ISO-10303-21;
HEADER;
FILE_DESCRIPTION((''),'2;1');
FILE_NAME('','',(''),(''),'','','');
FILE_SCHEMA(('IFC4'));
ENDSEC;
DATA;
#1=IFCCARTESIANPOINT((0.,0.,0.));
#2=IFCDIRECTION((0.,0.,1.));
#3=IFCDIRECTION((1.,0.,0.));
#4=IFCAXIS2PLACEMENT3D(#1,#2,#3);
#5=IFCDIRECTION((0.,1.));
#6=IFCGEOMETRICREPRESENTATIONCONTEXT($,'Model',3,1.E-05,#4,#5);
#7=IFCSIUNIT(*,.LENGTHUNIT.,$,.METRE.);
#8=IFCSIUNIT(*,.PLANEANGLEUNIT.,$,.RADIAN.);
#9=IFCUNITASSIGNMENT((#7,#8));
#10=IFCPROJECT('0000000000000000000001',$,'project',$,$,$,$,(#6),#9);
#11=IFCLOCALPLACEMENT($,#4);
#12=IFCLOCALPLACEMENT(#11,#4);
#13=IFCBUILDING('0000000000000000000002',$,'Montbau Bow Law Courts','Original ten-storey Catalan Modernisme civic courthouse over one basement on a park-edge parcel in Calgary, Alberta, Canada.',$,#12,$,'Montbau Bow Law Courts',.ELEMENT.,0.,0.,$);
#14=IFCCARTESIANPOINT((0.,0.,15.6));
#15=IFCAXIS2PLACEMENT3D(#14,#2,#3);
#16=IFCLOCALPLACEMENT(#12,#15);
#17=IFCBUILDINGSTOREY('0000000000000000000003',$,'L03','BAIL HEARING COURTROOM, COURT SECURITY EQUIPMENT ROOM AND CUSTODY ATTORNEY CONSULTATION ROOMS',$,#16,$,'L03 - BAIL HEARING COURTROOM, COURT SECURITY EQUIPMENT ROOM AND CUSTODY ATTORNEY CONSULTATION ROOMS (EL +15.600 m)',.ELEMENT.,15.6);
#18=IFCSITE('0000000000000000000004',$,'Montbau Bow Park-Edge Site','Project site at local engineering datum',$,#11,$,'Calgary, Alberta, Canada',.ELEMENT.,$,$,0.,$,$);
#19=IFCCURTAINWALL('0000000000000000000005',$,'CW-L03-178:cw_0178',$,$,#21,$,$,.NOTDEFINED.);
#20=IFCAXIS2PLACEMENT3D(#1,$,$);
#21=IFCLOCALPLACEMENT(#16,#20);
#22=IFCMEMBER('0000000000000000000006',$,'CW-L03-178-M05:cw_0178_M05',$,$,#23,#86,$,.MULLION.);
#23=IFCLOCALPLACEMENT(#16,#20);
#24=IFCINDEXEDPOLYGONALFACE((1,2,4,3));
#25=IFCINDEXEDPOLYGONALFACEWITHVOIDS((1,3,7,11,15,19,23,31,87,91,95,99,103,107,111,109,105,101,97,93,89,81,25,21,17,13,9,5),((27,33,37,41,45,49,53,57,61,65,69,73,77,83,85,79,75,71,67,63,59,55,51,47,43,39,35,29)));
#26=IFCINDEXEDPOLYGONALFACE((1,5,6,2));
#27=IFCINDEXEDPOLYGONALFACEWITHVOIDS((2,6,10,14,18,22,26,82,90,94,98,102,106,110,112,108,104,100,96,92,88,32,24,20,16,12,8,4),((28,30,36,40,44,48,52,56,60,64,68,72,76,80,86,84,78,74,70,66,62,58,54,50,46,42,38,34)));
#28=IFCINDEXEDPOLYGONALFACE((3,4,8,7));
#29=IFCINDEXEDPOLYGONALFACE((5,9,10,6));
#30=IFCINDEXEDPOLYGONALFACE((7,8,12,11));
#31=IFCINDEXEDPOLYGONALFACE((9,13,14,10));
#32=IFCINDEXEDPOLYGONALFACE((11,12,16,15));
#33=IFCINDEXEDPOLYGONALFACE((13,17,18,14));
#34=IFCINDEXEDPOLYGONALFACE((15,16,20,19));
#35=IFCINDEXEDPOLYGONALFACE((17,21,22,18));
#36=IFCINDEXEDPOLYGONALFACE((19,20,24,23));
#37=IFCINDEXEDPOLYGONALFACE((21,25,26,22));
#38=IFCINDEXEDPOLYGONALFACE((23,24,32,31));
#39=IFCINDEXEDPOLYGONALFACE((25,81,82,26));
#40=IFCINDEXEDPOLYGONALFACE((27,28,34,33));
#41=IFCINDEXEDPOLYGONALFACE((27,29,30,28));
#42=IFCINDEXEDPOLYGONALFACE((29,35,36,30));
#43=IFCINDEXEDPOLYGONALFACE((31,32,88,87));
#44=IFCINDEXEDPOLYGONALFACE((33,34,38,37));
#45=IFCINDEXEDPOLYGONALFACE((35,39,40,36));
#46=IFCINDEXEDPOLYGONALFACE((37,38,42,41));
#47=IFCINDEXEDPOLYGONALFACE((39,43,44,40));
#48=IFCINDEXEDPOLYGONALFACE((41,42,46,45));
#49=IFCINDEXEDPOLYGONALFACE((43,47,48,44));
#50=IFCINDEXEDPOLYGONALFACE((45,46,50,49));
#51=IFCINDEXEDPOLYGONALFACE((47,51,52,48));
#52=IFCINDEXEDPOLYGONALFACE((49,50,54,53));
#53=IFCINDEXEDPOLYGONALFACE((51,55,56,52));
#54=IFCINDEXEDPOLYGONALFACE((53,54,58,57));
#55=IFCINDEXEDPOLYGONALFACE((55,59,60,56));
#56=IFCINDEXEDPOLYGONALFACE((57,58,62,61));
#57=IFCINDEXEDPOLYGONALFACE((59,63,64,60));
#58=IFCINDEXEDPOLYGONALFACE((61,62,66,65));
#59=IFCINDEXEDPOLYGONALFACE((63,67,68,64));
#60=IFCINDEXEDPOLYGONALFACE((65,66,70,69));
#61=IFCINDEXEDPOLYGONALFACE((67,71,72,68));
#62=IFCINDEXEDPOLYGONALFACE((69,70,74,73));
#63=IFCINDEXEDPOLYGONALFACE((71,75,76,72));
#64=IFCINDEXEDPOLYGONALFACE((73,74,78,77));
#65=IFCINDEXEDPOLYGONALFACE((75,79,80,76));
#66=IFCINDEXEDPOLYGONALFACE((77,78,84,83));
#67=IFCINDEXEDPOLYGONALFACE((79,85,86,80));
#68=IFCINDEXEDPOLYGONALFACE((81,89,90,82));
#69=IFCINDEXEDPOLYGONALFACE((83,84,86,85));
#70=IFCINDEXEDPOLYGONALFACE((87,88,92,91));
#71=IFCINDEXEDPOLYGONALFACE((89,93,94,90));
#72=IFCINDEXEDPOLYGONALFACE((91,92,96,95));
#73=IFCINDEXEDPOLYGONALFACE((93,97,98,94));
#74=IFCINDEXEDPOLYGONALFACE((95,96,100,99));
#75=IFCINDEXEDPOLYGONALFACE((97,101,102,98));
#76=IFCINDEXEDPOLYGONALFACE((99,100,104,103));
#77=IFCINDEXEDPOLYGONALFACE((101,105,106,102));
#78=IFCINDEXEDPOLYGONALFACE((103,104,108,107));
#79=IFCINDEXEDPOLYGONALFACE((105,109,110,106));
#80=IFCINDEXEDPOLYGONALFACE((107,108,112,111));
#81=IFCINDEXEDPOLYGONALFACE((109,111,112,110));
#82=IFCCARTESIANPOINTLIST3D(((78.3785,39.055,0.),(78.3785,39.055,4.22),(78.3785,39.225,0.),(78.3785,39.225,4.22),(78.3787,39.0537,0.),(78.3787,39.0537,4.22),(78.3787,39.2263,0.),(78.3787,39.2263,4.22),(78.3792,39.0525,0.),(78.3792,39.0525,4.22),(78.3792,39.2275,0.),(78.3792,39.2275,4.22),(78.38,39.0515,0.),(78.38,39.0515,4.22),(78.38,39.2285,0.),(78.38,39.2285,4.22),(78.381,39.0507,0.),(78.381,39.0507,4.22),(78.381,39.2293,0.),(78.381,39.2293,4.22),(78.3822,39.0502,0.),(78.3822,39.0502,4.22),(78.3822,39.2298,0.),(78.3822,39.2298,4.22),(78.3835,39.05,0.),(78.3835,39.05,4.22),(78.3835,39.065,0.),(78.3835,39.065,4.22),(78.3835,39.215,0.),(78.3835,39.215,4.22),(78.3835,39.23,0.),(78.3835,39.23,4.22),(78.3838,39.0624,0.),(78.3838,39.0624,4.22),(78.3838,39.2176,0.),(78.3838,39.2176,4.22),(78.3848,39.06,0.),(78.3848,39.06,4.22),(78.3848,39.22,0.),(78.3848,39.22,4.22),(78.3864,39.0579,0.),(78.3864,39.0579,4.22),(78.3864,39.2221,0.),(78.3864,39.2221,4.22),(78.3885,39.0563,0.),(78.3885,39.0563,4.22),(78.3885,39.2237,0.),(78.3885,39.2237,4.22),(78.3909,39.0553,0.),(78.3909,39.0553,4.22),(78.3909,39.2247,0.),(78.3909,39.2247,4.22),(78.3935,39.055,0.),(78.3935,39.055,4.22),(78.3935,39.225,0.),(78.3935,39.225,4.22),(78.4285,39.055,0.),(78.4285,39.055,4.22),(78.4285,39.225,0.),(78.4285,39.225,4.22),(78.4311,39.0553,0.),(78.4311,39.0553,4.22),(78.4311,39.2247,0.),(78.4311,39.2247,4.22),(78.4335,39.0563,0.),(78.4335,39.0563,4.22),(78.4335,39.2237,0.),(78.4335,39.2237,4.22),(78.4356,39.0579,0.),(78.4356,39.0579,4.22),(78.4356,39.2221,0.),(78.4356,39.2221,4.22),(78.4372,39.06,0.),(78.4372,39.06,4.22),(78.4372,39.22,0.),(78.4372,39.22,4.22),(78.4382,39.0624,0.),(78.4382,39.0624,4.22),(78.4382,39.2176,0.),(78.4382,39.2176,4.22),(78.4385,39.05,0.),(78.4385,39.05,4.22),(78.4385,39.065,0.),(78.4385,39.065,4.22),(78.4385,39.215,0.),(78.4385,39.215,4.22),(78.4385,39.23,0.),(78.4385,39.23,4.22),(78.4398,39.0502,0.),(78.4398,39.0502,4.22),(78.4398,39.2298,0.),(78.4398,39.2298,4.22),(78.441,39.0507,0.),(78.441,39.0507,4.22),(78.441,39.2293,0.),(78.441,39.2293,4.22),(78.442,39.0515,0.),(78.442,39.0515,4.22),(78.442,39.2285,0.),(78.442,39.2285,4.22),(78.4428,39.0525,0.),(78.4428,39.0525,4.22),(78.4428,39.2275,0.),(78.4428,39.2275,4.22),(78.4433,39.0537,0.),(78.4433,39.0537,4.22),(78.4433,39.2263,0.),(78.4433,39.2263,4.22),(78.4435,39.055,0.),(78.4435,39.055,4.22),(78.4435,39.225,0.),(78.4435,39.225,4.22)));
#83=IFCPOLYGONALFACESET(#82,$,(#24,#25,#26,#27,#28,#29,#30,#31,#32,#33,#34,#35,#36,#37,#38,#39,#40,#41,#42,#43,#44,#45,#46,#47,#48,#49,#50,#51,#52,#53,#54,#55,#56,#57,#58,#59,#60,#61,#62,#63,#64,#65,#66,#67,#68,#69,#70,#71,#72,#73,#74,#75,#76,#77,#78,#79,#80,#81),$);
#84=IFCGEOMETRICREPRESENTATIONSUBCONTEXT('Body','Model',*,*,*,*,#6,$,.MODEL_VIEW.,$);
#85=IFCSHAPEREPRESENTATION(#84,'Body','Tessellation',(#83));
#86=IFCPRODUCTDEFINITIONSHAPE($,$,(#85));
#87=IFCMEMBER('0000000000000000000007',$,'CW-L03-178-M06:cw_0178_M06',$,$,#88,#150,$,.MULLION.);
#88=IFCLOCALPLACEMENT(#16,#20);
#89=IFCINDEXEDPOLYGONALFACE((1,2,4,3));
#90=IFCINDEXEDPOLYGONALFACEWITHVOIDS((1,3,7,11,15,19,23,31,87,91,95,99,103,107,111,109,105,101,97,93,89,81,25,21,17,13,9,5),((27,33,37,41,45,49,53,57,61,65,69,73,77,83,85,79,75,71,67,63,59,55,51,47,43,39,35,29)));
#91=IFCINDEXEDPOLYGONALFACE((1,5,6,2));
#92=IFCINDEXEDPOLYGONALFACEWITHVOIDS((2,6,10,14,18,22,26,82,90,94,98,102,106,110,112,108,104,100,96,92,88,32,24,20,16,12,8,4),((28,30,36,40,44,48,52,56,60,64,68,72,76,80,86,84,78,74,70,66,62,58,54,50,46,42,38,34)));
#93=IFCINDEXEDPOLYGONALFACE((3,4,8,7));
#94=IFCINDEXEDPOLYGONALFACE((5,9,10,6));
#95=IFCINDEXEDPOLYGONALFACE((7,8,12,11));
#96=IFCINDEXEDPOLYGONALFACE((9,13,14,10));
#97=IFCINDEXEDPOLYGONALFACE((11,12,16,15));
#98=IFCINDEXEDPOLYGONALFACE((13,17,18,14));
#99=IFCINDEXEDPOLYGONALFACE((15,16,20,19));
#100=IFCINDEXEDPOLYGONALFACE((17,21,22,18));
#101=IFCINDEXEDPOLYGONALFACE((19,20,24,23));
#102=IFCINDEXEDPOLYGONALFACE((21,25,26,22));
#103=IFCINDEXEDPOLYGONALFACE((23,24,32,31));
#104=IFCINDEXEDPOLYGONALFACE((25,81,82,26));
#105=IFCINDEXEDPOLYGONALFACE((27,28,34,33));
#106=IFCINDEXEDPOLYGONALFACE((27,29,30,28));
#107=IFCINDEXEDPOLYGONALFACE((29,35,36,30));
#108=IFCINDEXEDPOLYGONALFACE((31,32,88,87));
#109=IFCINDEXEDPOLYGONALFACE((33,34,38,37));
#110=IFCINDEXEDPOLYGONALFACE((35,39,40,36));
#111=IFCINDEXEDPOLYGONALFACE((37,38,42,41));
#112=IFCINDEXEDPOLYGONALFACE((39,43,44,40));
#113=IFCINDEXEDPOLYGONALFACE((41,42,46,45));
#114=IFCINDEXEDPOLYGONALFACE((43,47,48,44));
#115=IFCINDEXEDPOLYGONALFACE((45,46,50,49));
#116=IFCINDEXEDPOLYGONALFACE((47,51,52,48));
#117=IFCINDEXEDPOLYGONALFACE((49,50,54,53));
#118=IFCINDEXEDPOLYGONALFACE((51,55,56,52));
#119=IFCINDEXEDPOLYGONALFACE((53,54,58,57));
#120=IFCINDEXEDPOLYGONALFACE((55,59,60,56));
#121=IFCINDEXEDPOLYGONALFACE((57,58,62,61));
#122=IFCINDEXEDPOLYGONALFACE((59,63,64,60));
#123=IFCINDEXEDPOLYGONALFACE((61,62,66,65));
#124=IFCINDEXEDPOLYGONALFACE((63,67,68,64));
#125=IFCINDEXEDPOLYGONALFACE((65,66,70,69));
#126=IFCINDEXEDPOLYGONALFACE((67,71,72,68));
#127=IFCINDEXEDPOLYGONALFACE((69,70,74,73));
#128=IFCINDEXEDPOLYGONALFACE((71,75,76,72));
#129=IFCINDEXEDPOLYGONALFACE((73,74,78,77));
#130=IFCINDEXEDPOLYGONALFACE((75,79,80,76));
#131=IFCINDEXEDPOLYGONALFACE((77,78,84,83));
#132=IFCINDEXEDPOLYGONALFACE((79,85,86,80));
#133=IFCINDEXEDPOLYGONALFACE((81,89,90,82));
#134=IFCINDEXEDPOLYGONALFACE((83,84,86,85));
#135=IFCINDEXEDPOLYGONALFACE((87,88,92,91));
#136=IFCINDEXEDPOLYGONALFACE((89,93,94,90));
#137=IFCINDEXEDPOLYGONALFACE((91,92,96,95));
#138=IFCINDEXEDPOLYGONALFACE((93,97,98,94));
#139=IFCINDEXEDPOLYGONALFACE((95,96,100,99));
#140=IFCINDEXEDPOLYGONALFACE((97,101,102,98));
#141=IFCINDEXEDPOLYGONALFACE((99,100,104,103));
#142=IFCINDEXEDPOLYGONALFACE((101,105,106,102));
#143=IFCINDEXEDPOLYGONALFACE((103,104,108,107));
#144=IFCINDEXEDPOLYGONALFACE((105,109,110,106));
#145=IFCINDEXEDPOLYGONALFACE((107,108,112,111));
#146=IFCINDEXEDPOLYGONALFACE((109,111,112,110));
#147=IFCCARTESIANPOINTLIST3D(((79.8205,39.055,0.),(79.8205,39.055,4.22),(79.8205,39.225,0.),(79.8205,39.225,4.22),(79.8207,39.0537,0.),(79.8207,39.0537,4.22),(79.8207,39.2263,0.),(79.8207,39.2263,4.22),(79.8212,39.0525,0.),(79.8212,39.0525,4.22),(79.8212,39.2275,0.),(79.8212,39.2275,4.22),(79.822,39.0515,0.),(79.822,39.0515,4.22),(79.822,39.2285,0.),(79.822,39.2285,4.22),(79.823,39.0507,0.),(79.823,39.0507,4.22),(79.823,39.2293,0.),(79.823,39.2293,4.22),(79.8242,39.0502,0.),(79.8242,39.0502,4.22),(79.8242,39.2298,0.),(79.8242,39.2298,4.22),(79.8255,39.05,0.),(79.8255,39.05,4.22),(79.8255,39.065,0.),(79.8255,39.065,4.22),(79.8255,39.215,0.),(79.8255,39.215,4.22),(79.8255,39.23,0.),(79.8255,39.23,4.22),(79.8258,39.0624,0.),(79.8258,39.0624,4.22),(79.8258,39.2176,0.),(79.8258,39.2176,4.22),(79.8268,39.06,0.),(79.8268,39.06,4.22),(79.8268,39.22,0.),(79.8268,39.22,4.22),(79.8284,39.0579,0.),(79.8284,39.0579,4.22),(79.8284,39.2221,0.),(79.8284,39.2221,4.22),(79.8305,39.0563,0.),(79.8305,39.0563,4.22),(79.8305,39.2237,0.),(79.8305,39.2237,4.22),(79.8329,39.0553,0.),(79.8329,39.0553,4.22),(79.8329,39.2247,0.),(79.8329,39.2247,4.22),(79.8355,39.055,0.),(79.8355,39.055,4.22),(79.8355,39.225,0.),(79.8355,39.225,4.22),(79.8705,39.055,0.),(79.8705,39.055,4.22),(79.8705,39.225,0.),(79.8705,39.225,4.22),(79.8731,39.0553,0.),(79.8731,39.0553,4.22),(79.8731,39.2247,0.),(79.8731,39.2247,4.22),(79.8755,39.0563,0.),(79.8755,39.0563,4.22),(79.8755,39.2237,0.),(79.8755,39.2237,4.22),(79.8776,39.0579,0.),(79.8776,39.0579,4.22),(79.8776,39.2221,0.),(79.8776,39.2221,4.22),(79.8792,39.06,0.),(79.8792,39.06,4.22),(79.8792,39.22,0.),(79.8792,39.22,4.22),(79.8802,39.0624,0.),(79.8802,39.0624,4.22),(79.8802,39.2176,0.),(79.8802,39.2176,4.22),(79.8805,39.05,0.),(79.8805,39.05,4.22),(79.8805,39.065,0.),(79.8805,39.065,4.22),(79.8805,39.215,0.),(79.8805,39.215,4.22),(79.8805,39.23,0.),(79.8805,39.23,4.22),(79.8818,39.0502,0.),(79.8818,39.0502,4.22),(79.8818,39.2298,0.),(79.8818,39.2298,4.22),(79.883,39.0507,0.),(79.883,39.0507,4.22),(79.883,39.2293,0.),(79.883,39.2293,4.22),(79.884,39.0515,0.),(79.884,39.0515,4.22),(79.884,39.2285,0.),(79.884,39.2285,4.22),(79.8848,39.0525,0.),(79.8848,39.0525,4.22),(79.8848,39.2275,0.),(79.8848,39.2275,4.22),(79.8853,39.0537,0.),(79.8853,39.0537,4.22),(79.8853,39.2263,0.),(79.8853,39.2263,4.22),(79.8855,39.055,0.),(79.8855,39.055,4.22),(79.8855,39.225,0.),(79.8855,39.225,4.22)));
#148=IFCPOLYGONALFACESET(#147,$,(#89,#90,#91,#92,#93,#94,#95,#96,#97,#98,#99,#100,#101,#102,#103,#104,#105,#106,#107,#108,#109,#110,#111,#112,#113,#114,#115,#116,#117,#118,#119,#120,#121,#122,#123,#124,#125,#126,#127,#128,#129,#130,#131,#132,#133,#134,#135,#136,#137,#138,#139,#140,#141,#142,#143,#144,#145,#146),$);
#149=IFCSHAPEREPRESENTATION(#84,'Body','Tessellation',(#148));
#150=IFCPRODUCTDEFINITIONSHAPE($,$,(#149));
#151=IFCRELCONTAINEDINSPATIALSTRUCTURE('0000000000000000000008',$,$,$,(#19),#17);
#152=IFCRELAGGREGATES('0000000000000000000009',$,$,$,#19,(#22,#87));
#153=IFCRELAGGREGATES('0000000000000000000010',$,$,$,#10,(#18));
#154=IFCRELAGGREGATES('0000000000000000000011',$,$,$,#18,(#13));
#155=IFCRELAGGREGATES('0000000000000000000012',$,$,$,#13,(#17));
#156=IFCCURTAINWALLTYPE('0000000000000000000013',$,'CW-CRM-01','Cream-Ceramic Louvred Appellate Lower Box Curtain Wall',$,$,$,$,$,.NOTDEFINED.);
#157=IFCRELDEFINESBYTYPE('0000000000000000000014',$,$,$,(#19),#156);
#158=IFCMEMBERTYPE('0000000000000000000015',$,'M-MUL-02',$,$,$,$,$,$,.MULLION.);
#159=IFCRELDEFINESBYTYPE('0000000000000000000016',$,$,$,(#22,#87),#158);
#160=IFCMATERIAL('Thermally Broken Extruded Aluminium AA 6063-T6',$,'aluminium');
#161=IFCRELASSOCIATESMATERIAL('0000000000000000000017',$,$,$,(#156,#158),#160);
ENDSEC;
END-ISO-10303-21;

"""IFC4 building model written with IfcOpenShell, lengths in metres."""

from ifc_helpers import new_model, si_unit, direction, frame, origin_with_axes, origin_2d_with_axis, place, context, subcontext, project, spatial, hollow_rectangle, extrude, material, material_profile, profile_set, type_object, element, aggregate, save


model = new_model("IFC4")

# Units and contexts
model_context = context("Model", 3, precision=1e-05, world=origin_with_axes(), true_north=direction((0.0, 1.0)))
body_context = subcontext(model_context, "Body", "Model", "MODEL_VIEW")
ifc_project = project(units=[si_unit("LENGTHUNIT", "METRE"), si_unit("PLANEANGLEUNIT", "RADIAN")], contexts=[model_context])

# Site, building, storey
site_placement = place(None, origin_with_axes())
site = spatial("IfcSite", under=ifc_project, at=site_placement, Name="Montbau Bow Park-Edge Site", Description="Project site at local engineering datum", LongName="Calgary, Alberta, Canada", CompositionType="ELEMENT", RefElevation=0.0)
building_placement = place(site_placement, origin_with_axes())
building = spatial("IfcBuilding", under=site, at=building_placement, Name="Montbau Bow Law Courts", Description="Original ten-storey Catalan Modernisme civic courthouse over one basement on a park-edge parcel in Calgary, Alberta, Canada.", LongName="Montbau Bow Law Courts", CompositionType="ELEMENT", ElevationOfRefHeight=0.0, ElevationOfTerrain=0.0)
storey_placement = place(building_placement, frame((0.0, 0.0, 15.6), z_axis=(0.0, 0.0, 1.0), x_axis=(1.0, 0.0, 0.0)))
storey = spatial("IfcBuildingStorey", under=building, at=storey_placement, Name="L03", Description="BAIL HEARING COURTROOM, COURT SECURITY EQUIPMENT ROOM AND CUSTODY ATTORNEY CONSULTATION ROOMS", LongName="L03 - BAIL HEARING COURTROOM, COURT SECURITY EQUIPMENT ROOM AND CUSTODY ATTORNEY CONSULTATION ROOMS (EL +15.600 m)", CompositionType="ELEMENT", Elevation=15.6)

# Curtain wall, members
ifc_material_1 = material(Name="Thermally Broken Extruded Aluminium AA 6063-T6", Category="aluminium")
curtain_wall_type = type_object("IfcCurtainWallType", Name="CW-CRM-01", Description="Cream-Ceramic Louvred Appellate Lower Box Curtain Wall", PredefinedType="NOTDEFINED", material=ifc_material_1)
curtain_wall_1_placement = place(None, frame((72.515, 39.14, 15.6), z_axis=(0.0, 0.0, 1.0), x_axis=(1.0, 0.0, 0.0)))
curtain_wall_1 = element("IfcCurtainWall", 1, at=curtain_wall_1_placement, inside=storey, type_object=curtain_wall_type, Name="CW-L03-178:cw_0178", PredefinedType="NOTDEFINED")
ifc_material_profile_1 = material_profile(ifc_material_1, hollow_rectangle(XDim=0.065, YDim=0.18, WallThickness=0.005, InnerFilletRadius=0.01, OuterFilletRadius=0.005, at=origin_2d_with_axis()), Name="CWM-180X65", Category="Main", Priority=0)
ifc_profile_set_1 = profile_set([ifc_material_profile_1], Name="Thermally Broken Extruded Aluminium AA 6063-T6")
member_type_1 = type_object("IfcMemberType", Name="M-MUL-02", PredefinedType="MULLION", material=ifc_profile_set_1)
member_1_placement = place(None, frame((78.411, 39.14, 15.6), z_axis=(0.0, 0.0, 1.0), x_axis=(1.0, 0.0, 0.0)))
member_1 = element("IfcMember", 2, at=member_1_placement, type_object=member_type_1, Name="CW-L03-178-M05:cw_0178_M05", PredefinedType="MULLION", context=body_context, shape_type="SweptSolid", body=[
    extrude(hollow_rectangle(XDim=0.065, YDim=0.18, WallThickness=0.005, InnerFilletRadius=0.01, OuterFilletRadius=0.005, at=origin_2d_with_axis()), origin_with_axes(), (0.0, 0.0, 1.0), 4.22),
])
member_2_placement = place(None, frame((79.853, 39.14, 15.6), z_axis=(0.0, 0.0, 1.0), x_axis=(1.0, 0.0, 0.0)))
member_2 = element("IfcMember", 3, at=member_2_placement, type_object=member_type_1, Name="CW-L03-178-M06:cw_0178_M06", PredefinedType="MULLION", context=body_context, shape_type="SweptSolid", body=[
    extrude(hollow_rectangle(XDim=0.065, YDim=0.18, WallThickness=0.005, InnerFilletRadius=0.01, OuterFilletRadius=0.005, at=origin_2d_with_axis()), origin_with_axes(), (0.0, 0.0, 1.0), 4.22),
])

aggregate(curtain_wall_1, [member_1, member_2])

save(model, "model.ifc")
